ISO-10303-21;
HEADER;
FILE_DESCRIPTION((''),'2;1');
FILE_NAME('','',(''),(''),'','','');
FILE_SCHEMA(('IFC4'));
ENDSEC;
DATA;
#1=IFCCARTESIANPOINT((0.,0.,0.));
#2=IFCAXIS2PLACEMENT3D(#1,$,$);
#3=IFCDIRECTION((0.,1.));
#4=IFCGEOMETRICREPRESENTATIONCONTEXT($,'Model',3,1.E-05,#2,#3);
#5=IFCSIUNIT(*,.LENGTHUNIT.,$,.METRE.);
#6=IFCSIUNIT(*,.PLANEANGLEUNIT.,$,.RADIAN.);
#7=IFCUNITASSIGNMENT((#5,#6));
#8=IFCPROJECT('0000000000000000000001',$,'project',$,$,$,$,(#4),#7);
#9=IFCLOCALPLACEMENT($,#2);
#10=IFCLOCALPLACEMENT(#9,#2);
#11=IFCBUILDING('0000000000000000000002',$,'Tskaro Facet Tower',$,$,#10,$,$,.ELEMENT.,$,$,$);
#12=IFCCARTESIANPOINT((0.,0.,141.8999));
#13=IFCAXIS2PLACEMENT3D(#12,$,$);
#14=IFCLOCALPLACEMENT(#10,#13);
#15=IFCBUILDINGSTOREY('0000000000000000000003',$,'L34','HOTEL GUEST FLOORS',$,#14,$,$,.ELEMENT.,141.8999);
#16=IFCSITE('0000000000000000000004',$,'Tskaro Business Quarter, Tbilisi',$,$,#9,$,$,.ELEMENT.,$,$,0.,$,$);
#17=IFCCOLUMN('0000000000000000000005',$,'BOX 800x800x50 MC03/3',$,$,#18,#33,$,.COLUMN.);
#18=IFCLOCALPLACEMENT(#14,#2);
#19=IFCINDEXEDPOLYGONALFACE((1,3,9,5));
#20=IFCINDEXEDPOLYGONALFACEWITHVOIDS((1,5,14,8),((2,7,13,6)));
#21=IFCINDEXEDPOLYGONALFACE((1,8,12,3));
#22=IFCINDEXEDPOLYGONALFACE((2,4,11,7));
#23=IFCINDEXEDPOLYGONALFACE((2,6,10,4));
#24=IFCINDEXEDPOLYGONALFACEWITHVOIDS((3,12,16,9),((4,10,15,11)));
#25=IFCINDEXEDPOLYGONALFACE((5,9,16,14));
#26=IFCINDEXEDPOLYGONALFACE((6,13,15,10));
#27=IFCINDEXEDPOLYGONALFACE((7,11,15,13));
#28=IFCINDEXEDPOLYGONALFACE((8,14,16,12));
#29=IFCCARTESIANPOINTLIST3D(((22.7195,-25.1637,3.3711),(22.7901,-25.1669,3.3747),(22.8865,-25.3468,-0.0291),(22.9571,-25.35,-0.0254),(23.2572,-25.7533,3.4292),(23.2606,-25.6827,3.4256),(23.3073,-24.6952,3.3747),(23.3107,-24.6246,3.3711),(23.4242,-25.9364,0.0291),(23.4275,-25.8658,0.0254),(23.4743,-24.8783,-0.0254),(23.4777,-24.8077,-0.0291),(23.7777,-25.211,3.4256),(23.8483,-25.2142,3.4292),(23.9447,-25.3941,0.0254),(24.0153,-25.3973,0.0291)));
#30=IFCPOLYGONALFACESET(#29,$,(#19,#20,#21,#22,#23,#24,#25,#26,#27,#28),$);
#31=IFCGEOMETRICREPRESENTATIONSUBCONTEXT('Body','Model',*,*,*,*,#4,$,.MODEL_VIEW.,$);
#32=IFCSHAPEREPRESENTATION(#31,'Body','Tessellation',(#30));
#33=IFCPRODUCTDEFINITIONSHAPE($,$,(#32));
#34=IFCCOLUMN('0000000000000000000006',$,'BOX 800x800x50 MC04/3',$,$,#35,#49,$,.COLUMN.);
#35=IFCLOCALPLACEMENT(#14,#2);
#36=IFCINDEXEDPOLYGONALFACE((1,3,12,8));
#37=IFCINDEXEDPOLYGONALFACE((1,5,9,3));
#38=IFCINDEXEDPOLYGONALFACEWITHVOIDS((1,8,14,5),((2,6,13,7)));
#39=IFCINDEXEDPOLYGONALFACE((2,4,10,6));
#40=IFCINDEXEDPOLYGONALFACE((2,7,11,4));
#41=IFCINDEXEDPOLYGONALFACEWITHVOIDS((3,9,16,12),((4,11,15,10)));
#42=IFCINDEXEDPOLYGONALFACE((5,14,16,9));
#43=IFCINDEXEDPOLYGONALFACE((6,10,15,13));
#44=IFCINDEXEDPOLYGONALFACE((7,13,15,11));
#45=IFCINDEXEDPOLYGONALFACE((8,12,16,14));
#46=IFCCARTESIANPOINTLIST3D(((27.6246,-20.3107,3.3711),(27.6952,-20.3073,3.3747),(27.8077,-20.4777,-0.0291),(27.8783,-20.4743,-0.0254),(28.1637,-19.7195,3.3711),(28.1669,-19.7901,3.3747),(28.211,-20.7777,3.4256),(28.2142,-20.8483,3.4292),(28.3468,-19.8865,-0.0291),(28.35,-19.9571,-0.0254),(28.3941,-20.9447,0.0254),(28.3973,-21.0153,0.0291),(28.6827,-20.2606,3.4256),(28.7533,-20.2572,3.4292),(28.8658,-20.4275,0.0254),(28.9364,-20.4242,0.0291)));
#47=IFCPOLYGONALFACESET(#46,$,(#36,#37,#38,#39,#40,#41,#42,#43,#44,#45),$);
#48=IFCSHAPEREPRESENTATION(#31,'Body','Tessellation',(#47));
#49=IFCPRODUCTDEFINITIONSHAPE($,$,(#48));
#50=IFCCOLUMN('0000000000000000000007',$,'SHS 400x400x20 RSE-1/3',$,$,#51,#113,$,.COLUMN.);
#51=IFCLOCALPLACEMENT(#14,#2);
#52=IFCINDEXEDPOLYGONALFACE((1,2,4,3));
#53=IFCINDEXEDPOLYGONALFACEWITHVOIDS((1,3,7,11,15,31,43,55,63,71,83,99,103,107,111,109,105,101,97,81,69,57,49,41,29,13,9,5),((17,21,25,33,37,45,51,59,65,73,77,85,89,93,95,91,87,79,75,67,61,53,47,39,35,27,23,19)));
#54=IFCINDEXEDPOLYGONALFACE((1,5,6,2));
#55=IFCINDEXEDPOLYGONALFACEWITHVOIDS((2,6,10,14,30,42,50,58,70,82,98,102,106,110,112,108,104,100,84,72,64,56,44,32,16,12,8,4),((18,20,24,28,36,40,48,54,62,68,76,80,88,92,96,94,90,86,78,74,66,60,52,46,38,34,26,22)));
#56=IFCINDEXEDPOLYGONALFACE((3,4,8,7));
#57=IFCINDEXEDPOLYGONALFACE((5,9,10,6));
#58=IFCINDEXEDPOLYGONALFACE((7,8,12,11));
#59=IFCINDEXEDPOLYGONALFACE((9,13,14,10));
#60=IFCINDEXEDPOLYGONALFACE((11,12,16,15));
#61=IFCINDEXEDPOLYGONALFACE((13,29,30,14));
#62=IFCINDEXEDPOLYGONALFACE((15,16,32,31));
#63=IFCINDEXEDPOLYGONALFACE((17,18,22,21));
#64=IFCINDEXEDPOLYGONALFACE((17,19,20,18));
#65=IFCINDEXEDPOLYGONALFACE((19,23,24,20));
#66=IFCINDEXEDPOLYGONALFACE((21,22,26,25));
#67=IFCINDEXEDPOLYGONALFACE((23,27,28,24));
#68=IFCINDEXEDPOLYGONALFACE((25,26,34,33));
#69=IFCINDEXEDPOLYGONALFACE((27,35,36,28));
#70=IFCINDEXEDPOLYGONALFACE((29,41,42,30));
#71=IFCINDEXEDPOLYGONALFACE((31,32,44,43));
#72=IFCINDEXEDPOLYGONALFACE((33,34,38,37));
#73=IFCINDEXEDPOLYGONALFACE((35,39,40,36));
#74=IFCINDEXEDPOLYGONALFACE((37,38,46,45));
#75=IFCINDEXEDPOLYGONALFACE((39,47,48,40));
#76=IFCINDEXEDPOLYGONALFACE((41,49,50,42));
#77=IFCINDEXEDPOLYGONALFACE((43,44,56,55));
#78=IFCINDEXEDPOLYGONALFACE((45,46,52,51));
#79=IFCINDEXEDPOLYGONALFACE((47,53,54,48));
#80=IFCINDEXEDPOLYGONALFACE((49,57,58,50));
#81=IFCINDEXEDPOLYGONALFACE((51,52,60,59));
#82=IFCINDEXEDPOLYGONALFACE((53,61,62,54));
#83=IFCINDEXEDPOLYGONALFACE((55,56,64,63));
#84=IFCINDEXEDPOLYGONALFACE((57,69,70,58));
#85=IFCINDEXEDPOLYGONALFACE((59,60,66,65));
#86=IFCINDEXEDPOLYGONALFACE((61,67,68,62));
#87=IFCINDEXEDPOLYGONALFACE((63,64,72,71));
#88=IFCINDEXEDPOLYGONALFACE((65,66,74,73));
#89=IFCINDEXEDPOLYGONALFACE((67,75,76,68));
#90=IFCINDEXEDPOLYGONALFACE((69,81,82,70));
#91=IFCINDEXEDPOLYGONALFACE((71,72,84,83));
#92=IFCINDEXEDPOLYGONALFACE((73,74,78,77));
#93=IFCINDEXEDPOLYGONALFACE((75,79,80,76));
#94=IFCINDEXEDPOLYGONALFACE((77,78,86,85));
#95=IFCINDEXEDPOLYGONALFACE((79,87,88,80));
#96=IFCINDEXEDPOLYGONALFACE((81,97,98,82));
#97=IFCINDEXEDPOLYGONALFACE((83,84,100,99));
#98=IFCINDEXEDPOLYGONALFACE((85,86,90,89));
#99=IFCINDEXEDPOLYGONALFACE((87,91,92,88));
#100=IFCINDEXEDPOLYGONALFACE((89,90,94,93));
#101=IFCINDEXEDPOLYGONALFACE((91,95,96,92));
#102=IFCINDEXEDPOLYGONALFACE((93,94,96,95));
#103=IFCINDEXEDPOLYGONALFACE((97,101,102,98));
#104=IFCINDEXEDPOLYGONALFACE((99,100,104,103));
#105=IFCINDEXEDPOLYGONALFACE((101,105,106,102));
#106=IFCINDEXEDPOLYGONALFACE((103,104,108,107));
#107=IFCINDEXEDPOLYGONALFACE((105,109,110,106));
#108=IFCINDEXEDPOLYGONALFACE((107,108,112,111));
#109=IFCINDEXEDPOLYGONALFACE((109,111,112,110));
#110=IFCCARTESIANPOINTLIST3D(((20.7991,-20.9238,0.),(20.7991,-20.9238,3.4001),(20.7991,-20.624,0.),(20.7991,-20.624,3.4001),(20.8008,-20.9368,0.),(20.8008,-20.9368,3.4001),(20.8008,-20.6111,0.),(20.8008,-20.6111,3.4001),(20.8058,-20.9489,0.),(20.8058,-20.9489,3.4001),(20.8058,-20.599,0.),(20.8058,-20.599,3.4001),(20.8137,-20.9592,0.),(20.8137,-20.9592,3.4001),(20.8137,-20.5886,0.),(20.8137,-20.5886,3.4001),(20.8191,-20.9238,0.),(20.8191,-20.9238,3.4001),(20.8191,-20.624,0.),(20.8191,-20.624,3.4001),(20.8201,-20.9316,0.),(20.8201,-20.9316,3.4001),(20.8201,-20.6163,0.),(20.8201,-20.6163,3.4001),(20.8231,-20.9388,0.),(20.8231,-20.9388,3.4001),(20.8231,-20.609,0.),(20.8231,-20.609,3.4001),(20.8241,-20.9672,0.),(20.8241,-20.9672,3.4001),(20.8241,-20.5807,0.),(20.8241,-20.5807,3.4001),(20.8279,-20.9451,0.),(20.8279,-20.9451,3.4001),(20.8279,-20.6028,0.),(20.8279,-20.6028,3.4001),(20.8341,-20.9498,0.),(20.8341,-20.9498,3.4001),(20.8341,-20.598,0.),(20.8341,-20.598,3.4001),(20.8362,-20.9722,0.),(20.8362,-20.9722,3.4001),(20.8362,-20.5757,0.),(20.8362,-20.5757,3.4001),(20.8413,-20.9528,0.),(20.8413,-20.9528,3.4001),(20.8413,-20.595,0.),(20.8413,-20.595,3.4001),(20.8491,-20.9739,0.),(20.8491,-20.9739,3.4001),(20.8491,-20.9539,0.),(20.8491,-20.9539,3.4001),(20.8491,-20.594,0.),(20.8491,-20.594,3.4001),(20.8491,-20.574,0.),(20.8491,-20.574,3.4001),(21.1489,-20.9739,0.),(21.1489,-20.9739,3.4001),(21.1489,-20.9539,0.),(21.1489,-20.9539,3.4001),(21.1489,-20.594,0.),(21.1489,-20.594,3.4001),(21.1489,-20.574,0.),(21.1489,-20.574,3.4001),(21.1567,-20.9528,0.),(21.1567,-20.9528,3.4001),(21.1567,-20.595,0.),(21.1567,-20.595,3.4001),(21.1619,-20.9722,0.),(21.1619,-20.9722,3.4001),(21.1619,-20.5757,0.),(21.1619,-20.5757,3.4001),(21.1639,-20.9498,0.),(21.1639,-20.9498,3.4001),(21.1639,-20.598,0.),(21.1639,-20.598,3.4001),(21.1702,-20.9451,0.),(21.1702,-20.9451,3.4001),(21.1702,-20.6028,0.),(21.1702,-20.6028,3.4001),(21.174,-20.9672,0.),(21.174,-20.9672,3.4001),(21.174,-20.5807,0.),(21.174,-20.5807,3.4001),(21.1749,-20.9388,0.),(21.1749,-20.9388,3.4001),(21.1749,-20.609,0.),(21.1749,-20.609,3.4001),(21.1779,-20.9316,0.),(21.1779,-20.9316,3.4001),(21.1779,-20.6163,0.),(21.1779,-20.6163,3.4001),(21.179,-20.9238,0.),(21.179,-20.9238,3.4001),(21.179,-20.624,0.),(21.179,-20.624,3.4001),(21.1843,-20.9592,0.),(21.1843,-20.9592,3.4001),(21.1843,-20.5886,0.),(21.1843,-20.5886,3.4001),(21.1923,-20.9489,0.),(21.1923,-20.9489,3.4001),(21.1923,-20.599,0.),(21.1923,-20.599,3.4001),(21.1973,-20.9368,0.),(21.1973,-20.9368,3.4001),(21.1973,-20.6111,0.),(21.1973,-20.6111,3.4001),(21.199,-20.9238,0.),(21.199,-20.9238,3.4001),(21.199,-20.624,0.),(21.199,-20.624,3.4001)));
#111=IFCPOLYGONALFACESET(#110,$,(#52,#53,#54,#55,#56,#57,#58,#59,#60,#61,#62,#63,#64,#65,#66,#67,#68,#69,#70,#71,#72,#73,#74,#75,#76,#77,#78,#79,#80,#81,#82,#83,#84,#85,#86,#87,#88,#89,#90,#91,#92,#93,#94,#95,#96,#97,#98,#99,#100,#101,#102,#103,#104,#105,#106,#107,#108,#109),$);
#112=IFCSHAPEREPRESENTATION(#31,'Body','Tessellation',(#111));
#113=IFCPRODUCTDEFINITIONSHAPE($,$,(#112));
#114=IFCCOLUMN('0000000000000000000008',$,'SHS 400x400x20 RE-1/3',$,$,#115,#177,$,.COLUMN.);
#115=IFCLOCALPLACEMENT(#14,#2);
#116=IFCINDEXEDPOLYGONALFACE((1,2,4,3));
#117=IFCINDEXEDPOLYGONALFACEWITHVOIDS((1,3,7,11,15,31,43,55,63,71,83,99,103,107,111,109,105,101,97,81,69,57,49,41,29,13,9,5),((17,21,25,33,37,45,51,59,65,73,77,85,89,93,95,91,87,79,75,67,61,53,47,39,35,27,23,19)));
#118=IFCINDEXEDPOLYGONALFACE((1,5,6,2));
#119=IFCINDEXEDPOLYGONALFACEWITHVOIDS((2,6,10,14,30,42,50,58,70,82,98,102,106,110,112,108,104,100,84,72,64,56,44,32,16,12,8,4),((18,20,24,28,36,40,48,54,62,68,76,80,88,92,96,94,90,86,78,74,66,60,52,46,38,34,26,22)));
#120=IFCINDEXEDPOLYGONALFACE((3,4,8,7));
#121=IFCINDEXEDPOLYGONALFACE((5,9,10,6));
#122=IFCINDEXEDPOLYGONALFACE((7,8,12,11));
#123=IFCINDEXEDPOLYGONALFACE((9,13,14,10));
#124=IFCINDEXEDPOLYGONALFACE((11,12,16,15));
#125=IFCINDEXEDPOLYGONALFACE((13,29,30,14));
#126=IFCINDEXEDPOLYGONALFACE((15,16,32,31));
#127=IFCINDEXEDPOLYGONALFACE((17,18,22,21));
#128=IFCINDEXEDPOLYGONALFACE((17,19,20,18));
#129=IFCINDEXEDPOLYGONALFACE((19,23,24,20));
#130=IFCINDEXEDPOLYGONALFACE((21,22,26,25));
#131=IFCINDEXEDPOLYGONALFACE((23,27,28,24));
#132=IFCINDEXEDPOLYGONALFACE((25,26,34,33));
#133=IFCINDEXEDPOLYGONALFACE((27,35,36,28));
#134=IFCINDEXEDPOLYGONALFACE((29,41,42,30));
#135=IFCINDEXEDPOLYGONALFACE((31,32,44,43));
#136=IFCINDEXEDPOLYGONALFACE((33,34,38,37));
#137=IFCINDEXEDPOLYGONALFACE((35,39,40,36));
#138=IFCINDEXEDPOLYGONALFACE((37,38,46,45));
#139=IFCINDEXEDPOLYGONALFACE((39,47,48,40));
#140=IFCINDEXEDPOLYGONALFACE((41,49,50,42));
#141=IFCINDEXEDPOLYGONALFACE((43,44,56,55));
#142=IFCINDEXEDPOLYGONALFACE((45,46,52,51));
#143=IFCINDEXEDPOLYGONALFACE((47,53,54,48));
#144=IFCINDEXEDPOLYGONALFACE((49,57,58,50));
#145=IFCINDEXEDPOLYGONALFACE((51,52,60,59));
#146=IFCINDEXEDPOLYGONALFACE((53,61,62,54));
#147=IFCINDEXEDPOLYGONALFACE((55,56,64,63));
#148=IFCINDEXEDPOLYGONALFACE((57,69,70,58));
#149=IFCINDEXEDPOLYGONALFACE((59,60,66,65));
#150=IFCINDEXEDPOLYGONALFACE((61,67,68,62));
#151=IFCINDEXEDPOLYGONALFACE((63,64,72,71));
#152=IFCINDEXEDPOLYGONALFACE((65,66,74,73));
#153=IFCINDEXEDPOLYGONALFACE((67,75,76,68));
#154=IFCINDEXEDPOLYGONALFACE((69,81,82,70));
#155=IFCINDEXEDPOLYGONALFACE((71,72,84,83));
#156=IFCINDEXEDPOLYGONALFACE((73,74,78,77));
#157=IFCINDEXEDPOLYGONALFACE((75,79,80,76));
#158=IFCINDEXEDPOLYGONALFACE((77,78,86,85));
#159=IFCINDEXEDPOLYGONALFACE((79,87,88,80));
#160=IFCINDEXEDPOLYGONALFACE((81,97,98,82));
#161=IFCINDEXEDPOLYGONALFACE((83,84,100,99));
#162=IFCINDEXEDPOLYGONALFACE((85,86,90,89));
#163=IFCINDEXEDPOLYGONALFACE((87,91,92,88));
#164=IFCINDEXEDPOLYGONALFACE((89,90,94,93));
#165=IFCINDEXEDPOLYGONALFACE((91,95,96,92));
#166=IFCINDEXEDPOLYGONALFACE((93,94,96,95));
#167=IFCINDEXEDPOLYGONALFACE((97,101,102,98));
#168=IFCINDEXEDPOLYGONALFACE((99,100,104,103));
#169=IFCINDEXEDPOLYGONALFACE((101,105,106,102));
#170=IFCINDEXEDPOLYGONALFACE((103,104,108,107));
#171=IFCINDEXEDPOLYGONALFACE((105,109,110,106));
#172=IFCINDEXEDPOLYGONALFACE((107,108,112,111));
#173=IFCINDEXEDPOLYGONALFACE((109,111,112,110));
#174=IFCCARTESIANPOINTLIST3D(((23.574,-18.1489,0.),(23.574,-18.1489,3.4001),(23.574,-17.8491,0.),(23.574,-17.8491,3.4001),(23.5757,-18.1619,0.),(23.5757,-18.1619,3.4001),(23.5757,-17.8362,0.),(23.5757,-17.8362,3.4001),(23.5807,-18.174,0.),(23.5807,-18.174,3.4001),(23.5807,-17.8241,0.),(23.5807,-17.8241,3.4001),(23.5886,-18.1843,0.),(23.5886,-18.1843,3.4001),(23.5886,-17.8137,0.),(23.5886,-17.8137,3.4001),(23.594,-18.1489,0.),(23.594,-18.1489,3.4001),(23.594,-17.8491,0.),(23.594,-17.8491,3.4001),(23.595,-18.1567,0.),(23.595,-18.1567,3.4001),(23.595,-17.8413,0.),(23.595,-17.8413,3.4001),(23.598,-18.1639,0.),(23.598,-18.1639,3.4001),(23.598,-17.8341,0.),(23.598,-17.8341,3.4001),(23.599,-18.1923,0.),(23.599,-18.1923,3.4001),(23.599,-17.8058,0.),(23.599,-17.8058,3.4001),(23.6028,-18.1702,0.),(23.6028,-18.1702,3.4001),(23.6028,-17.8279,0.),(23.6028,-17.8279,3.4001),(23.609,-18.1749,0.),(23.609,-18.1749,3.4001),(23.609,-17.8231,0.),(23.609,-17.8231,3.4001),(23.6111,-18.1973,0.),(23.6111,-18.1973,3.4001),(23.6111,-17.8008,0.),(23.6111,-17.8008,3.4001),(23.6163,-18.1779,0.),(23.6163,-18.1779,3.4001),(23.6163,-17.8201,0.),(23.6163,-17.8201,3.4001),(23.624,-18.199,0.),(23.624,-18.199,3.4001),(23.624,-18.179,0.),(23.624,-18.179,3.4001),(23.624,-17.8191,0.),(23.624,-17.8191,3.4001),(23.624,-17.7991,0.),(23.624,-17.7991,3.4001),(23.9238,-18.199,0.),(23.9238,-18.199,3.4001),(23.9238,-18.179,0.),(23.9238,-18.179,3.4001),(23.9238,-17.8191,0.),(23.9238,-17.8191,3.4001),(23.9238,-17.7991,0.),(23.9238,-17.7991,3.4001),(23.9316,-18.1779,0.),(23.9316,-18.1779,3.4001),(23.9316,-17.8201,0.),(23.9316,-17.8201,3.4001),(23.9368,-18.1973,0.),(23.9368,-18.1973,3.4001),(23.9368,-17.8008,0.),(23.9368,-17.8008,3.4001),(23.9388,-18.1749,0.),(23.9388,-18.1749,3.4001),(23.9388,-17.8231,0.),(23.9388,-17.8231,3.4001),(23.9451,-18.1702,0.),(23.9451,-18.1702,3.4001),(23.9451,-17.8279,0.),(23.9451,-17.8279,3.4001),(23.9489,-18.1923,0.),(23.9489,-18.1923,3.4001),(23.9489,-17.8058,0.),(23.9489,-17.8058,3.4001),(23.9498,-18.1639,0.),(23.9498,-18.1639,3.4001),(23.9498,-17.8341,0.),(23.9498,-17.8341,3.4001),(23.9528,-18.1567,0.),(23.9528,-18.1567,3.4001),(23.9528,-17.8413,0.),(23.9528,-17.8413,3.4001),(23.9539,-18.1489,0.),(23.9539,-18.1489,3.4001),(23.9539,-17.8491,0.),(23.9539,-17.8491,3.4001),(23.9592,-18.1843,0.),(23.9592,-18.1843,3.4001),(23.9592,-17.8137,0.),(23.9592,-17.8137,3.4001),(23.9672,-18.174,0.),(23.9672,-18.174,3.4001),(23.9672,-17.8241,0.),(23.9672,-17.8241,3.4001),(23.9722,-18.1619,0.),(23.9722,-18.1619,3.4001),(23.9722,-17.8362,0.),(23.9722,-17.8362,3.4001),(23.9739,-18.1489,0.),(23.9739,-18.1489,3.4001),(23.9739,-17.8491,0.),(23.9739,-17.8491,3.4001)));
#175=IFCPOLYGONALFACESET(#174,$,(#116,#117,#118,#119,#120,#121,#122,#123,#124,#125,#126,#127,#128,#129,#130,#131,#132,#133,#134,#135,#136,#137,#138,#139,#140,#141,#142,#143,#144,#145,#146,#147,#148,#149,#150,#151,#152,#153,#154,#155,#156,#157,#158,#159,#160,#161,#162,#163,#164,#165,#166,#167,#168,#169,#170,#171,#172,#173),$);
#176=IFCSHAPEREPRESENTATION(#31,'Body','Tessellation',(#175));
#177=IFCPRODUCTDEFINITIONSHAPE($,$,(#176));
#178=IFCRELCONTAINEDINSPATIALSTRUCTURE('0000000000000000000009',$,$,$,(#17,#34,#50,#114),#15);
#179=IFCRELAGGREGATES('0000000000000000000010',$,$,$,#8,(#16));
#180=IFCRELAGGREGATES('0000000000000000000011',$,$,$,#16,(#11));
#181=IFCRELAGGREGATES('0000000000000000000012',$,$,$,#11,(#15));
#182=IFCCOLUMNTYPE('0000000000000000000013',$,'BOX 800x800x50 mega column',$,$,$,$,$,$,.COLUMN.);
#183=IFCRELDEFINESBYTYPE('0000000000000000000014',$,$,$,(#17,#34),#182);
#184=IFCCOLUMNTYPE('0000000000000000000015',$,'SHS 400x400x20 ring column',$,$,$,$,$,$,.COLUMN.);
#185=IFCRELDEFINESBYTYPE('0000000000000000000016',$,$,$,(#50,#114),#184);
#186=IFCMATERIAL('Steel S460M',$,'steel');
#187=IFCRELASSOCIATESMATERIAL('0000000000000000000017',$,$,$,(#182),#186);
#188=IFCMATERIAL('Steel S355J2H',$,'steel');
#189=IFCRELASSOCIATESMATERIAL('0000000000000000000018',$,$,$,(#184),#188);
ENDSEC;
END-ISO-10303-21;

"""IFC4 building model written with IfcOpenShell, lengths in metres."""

from ifc_helpers import new_model, si_unit, direction, frame, origin, origin_2d, place, context, subcontext, project, spatial, hollow_rectangle, extrude, material, material_profile, profile_set, type_object, element, save


model = new_model("IFC4")

# Units and contexts
model_context = context("Model", 3, precision=1e-05, world=origin(), true_north=direction((0.0, 1.0)))
body_context = subcontext(model_context, "Body", "Model", "MODEL_VIEW")
ifc_project = project(units=[si_unit("LENGTHUNIT", "METRE"), si_unit("PLANEANGLEUNIT", "RADIAN")], contexts=[model_context])

# Site, building, storey
site_placement = place(None, origin())
site = spatial("IfcSite", under=ifc_project, at=site_placement, Name="Tskaro Business Quarter, Tbilisi", CompositionType="ELEMENT", RefElevation=0.0)
building_placement = place(site_placement, origin())
building = spatial("IfcBuilding", under=site, at=building_placement, Name="Tskaro Facet Tower", CompositionType="ELEMENT")
storey_placement = place(building_placement, frame((0.0, 0.0, 141.8999)))
storey = spatial("IfcBuildingStorey", under=building, at=storey_placement, Name="L34", Description="HOTEL GUEST FLOORS", CompositionType="ELEMENT", Elevation=141.8999)

# Columns
ifc_material_1 = material(Name="Steel S460M", Category="steel")
ifc_material_profile_1 = material_profile(ifc_material_1, hollow_rectangle(XDim=0.8, YDim=0.8, WallThickness=0.05, at=origin_2d()), Name="BOX 800x800x50")
ifc_profile_set_1 = profile_set([ifc_material_profile_1], Name="Steel S460M")
column_type_1 = type_object("IfcColumnType", Name="BOX 800x800x50 mega column", PredefinedType="COLUMN", material=ifc_profile_set_1)
for number, where, z_axis, x_axis, name in (
    (1, (23.4509, -25.3721, 0.0), (-0.048983, 0.05371, 0.997354), (-0.738869, -0.673849, 0.0), "BOX 800x800x50 MC03/3"),
    (2, (28.3721, -20.4509, 0.0), (-0.05371, 0.048983, 0.997354), (-0.673849, -0.738869, 0.0), "BOX 800x800x50 MC04/3"),
):
    element("IfcColumn", number, at=place(storey_placement, frame(where, z_axis=z_axis, x_axis=x_axis)), inside=storey, type_object=column_type_1, Name=name, PredefinedType="COLUMN", context=body_context, shape_type="SweptSolid", body=[
        extrude(hollow_rectangle(XDim=0.8, YDim=0.8, WallThickness=0.05, at=origin_2d()), origin(), (0.0, 0.0, 1.0), 3.4092),
    ])
ifc_material_2 = material(Name="Steel S355J2H", Category="steel")
ifc_material_profile_2 = material_profile(ifc_material_2, hollow_rectangle(XDim=0.3999, YDim=0.3999, WallThickness=0.02, InnerFilletRadius=0.03, OuterFilletRadius=0.05, at=origin_2d()), Name="SHS 400x400x20")
ifc_profile_set_2 = profile_set([ifc_material_profile_2], Name="Steel S355J2H")
column_type_2 = type_object("IfcColumnType", Name="SHS 400x400x20 ring column", PredefinedType="COLUMN", material=ifc_profile_set_2)
for number, where, z_axis, x_axis, name in (
    (3, (20.999, -20.7739, 0.0), (0.0, 0.0, 1.0), (1.0, 0.0, 0.0), "SHS 400x400x20 RSE-1/3"),
    (4, (23.7739, -17.999, 0.0), (0.0, 0.0, 1.0), (1.0, 0.0, 0.0), "SHS 400x400x20 RE-1/3"),
):
    element("IfcColumn", number, at=place(storey_placement, frame(where, z_axis=z_axis, x_axis=x_axis)), inside=storey, type_object=column_type_2, Name=name, PredefinedType="COLUMN", context=body_context, shape_type="SweptSolid", body=[
        extrude(hollow_rectangle(XDim=0.3999, YDim=0.3999, WallThickness=0.02, InnerFilletRadius=0.03, OuterFilletRadius=0.05, at=origin_2d()), origin(), (0.0, 0.0, 1.0), 3.4001),
    ])

save(model, "model.ifc")
